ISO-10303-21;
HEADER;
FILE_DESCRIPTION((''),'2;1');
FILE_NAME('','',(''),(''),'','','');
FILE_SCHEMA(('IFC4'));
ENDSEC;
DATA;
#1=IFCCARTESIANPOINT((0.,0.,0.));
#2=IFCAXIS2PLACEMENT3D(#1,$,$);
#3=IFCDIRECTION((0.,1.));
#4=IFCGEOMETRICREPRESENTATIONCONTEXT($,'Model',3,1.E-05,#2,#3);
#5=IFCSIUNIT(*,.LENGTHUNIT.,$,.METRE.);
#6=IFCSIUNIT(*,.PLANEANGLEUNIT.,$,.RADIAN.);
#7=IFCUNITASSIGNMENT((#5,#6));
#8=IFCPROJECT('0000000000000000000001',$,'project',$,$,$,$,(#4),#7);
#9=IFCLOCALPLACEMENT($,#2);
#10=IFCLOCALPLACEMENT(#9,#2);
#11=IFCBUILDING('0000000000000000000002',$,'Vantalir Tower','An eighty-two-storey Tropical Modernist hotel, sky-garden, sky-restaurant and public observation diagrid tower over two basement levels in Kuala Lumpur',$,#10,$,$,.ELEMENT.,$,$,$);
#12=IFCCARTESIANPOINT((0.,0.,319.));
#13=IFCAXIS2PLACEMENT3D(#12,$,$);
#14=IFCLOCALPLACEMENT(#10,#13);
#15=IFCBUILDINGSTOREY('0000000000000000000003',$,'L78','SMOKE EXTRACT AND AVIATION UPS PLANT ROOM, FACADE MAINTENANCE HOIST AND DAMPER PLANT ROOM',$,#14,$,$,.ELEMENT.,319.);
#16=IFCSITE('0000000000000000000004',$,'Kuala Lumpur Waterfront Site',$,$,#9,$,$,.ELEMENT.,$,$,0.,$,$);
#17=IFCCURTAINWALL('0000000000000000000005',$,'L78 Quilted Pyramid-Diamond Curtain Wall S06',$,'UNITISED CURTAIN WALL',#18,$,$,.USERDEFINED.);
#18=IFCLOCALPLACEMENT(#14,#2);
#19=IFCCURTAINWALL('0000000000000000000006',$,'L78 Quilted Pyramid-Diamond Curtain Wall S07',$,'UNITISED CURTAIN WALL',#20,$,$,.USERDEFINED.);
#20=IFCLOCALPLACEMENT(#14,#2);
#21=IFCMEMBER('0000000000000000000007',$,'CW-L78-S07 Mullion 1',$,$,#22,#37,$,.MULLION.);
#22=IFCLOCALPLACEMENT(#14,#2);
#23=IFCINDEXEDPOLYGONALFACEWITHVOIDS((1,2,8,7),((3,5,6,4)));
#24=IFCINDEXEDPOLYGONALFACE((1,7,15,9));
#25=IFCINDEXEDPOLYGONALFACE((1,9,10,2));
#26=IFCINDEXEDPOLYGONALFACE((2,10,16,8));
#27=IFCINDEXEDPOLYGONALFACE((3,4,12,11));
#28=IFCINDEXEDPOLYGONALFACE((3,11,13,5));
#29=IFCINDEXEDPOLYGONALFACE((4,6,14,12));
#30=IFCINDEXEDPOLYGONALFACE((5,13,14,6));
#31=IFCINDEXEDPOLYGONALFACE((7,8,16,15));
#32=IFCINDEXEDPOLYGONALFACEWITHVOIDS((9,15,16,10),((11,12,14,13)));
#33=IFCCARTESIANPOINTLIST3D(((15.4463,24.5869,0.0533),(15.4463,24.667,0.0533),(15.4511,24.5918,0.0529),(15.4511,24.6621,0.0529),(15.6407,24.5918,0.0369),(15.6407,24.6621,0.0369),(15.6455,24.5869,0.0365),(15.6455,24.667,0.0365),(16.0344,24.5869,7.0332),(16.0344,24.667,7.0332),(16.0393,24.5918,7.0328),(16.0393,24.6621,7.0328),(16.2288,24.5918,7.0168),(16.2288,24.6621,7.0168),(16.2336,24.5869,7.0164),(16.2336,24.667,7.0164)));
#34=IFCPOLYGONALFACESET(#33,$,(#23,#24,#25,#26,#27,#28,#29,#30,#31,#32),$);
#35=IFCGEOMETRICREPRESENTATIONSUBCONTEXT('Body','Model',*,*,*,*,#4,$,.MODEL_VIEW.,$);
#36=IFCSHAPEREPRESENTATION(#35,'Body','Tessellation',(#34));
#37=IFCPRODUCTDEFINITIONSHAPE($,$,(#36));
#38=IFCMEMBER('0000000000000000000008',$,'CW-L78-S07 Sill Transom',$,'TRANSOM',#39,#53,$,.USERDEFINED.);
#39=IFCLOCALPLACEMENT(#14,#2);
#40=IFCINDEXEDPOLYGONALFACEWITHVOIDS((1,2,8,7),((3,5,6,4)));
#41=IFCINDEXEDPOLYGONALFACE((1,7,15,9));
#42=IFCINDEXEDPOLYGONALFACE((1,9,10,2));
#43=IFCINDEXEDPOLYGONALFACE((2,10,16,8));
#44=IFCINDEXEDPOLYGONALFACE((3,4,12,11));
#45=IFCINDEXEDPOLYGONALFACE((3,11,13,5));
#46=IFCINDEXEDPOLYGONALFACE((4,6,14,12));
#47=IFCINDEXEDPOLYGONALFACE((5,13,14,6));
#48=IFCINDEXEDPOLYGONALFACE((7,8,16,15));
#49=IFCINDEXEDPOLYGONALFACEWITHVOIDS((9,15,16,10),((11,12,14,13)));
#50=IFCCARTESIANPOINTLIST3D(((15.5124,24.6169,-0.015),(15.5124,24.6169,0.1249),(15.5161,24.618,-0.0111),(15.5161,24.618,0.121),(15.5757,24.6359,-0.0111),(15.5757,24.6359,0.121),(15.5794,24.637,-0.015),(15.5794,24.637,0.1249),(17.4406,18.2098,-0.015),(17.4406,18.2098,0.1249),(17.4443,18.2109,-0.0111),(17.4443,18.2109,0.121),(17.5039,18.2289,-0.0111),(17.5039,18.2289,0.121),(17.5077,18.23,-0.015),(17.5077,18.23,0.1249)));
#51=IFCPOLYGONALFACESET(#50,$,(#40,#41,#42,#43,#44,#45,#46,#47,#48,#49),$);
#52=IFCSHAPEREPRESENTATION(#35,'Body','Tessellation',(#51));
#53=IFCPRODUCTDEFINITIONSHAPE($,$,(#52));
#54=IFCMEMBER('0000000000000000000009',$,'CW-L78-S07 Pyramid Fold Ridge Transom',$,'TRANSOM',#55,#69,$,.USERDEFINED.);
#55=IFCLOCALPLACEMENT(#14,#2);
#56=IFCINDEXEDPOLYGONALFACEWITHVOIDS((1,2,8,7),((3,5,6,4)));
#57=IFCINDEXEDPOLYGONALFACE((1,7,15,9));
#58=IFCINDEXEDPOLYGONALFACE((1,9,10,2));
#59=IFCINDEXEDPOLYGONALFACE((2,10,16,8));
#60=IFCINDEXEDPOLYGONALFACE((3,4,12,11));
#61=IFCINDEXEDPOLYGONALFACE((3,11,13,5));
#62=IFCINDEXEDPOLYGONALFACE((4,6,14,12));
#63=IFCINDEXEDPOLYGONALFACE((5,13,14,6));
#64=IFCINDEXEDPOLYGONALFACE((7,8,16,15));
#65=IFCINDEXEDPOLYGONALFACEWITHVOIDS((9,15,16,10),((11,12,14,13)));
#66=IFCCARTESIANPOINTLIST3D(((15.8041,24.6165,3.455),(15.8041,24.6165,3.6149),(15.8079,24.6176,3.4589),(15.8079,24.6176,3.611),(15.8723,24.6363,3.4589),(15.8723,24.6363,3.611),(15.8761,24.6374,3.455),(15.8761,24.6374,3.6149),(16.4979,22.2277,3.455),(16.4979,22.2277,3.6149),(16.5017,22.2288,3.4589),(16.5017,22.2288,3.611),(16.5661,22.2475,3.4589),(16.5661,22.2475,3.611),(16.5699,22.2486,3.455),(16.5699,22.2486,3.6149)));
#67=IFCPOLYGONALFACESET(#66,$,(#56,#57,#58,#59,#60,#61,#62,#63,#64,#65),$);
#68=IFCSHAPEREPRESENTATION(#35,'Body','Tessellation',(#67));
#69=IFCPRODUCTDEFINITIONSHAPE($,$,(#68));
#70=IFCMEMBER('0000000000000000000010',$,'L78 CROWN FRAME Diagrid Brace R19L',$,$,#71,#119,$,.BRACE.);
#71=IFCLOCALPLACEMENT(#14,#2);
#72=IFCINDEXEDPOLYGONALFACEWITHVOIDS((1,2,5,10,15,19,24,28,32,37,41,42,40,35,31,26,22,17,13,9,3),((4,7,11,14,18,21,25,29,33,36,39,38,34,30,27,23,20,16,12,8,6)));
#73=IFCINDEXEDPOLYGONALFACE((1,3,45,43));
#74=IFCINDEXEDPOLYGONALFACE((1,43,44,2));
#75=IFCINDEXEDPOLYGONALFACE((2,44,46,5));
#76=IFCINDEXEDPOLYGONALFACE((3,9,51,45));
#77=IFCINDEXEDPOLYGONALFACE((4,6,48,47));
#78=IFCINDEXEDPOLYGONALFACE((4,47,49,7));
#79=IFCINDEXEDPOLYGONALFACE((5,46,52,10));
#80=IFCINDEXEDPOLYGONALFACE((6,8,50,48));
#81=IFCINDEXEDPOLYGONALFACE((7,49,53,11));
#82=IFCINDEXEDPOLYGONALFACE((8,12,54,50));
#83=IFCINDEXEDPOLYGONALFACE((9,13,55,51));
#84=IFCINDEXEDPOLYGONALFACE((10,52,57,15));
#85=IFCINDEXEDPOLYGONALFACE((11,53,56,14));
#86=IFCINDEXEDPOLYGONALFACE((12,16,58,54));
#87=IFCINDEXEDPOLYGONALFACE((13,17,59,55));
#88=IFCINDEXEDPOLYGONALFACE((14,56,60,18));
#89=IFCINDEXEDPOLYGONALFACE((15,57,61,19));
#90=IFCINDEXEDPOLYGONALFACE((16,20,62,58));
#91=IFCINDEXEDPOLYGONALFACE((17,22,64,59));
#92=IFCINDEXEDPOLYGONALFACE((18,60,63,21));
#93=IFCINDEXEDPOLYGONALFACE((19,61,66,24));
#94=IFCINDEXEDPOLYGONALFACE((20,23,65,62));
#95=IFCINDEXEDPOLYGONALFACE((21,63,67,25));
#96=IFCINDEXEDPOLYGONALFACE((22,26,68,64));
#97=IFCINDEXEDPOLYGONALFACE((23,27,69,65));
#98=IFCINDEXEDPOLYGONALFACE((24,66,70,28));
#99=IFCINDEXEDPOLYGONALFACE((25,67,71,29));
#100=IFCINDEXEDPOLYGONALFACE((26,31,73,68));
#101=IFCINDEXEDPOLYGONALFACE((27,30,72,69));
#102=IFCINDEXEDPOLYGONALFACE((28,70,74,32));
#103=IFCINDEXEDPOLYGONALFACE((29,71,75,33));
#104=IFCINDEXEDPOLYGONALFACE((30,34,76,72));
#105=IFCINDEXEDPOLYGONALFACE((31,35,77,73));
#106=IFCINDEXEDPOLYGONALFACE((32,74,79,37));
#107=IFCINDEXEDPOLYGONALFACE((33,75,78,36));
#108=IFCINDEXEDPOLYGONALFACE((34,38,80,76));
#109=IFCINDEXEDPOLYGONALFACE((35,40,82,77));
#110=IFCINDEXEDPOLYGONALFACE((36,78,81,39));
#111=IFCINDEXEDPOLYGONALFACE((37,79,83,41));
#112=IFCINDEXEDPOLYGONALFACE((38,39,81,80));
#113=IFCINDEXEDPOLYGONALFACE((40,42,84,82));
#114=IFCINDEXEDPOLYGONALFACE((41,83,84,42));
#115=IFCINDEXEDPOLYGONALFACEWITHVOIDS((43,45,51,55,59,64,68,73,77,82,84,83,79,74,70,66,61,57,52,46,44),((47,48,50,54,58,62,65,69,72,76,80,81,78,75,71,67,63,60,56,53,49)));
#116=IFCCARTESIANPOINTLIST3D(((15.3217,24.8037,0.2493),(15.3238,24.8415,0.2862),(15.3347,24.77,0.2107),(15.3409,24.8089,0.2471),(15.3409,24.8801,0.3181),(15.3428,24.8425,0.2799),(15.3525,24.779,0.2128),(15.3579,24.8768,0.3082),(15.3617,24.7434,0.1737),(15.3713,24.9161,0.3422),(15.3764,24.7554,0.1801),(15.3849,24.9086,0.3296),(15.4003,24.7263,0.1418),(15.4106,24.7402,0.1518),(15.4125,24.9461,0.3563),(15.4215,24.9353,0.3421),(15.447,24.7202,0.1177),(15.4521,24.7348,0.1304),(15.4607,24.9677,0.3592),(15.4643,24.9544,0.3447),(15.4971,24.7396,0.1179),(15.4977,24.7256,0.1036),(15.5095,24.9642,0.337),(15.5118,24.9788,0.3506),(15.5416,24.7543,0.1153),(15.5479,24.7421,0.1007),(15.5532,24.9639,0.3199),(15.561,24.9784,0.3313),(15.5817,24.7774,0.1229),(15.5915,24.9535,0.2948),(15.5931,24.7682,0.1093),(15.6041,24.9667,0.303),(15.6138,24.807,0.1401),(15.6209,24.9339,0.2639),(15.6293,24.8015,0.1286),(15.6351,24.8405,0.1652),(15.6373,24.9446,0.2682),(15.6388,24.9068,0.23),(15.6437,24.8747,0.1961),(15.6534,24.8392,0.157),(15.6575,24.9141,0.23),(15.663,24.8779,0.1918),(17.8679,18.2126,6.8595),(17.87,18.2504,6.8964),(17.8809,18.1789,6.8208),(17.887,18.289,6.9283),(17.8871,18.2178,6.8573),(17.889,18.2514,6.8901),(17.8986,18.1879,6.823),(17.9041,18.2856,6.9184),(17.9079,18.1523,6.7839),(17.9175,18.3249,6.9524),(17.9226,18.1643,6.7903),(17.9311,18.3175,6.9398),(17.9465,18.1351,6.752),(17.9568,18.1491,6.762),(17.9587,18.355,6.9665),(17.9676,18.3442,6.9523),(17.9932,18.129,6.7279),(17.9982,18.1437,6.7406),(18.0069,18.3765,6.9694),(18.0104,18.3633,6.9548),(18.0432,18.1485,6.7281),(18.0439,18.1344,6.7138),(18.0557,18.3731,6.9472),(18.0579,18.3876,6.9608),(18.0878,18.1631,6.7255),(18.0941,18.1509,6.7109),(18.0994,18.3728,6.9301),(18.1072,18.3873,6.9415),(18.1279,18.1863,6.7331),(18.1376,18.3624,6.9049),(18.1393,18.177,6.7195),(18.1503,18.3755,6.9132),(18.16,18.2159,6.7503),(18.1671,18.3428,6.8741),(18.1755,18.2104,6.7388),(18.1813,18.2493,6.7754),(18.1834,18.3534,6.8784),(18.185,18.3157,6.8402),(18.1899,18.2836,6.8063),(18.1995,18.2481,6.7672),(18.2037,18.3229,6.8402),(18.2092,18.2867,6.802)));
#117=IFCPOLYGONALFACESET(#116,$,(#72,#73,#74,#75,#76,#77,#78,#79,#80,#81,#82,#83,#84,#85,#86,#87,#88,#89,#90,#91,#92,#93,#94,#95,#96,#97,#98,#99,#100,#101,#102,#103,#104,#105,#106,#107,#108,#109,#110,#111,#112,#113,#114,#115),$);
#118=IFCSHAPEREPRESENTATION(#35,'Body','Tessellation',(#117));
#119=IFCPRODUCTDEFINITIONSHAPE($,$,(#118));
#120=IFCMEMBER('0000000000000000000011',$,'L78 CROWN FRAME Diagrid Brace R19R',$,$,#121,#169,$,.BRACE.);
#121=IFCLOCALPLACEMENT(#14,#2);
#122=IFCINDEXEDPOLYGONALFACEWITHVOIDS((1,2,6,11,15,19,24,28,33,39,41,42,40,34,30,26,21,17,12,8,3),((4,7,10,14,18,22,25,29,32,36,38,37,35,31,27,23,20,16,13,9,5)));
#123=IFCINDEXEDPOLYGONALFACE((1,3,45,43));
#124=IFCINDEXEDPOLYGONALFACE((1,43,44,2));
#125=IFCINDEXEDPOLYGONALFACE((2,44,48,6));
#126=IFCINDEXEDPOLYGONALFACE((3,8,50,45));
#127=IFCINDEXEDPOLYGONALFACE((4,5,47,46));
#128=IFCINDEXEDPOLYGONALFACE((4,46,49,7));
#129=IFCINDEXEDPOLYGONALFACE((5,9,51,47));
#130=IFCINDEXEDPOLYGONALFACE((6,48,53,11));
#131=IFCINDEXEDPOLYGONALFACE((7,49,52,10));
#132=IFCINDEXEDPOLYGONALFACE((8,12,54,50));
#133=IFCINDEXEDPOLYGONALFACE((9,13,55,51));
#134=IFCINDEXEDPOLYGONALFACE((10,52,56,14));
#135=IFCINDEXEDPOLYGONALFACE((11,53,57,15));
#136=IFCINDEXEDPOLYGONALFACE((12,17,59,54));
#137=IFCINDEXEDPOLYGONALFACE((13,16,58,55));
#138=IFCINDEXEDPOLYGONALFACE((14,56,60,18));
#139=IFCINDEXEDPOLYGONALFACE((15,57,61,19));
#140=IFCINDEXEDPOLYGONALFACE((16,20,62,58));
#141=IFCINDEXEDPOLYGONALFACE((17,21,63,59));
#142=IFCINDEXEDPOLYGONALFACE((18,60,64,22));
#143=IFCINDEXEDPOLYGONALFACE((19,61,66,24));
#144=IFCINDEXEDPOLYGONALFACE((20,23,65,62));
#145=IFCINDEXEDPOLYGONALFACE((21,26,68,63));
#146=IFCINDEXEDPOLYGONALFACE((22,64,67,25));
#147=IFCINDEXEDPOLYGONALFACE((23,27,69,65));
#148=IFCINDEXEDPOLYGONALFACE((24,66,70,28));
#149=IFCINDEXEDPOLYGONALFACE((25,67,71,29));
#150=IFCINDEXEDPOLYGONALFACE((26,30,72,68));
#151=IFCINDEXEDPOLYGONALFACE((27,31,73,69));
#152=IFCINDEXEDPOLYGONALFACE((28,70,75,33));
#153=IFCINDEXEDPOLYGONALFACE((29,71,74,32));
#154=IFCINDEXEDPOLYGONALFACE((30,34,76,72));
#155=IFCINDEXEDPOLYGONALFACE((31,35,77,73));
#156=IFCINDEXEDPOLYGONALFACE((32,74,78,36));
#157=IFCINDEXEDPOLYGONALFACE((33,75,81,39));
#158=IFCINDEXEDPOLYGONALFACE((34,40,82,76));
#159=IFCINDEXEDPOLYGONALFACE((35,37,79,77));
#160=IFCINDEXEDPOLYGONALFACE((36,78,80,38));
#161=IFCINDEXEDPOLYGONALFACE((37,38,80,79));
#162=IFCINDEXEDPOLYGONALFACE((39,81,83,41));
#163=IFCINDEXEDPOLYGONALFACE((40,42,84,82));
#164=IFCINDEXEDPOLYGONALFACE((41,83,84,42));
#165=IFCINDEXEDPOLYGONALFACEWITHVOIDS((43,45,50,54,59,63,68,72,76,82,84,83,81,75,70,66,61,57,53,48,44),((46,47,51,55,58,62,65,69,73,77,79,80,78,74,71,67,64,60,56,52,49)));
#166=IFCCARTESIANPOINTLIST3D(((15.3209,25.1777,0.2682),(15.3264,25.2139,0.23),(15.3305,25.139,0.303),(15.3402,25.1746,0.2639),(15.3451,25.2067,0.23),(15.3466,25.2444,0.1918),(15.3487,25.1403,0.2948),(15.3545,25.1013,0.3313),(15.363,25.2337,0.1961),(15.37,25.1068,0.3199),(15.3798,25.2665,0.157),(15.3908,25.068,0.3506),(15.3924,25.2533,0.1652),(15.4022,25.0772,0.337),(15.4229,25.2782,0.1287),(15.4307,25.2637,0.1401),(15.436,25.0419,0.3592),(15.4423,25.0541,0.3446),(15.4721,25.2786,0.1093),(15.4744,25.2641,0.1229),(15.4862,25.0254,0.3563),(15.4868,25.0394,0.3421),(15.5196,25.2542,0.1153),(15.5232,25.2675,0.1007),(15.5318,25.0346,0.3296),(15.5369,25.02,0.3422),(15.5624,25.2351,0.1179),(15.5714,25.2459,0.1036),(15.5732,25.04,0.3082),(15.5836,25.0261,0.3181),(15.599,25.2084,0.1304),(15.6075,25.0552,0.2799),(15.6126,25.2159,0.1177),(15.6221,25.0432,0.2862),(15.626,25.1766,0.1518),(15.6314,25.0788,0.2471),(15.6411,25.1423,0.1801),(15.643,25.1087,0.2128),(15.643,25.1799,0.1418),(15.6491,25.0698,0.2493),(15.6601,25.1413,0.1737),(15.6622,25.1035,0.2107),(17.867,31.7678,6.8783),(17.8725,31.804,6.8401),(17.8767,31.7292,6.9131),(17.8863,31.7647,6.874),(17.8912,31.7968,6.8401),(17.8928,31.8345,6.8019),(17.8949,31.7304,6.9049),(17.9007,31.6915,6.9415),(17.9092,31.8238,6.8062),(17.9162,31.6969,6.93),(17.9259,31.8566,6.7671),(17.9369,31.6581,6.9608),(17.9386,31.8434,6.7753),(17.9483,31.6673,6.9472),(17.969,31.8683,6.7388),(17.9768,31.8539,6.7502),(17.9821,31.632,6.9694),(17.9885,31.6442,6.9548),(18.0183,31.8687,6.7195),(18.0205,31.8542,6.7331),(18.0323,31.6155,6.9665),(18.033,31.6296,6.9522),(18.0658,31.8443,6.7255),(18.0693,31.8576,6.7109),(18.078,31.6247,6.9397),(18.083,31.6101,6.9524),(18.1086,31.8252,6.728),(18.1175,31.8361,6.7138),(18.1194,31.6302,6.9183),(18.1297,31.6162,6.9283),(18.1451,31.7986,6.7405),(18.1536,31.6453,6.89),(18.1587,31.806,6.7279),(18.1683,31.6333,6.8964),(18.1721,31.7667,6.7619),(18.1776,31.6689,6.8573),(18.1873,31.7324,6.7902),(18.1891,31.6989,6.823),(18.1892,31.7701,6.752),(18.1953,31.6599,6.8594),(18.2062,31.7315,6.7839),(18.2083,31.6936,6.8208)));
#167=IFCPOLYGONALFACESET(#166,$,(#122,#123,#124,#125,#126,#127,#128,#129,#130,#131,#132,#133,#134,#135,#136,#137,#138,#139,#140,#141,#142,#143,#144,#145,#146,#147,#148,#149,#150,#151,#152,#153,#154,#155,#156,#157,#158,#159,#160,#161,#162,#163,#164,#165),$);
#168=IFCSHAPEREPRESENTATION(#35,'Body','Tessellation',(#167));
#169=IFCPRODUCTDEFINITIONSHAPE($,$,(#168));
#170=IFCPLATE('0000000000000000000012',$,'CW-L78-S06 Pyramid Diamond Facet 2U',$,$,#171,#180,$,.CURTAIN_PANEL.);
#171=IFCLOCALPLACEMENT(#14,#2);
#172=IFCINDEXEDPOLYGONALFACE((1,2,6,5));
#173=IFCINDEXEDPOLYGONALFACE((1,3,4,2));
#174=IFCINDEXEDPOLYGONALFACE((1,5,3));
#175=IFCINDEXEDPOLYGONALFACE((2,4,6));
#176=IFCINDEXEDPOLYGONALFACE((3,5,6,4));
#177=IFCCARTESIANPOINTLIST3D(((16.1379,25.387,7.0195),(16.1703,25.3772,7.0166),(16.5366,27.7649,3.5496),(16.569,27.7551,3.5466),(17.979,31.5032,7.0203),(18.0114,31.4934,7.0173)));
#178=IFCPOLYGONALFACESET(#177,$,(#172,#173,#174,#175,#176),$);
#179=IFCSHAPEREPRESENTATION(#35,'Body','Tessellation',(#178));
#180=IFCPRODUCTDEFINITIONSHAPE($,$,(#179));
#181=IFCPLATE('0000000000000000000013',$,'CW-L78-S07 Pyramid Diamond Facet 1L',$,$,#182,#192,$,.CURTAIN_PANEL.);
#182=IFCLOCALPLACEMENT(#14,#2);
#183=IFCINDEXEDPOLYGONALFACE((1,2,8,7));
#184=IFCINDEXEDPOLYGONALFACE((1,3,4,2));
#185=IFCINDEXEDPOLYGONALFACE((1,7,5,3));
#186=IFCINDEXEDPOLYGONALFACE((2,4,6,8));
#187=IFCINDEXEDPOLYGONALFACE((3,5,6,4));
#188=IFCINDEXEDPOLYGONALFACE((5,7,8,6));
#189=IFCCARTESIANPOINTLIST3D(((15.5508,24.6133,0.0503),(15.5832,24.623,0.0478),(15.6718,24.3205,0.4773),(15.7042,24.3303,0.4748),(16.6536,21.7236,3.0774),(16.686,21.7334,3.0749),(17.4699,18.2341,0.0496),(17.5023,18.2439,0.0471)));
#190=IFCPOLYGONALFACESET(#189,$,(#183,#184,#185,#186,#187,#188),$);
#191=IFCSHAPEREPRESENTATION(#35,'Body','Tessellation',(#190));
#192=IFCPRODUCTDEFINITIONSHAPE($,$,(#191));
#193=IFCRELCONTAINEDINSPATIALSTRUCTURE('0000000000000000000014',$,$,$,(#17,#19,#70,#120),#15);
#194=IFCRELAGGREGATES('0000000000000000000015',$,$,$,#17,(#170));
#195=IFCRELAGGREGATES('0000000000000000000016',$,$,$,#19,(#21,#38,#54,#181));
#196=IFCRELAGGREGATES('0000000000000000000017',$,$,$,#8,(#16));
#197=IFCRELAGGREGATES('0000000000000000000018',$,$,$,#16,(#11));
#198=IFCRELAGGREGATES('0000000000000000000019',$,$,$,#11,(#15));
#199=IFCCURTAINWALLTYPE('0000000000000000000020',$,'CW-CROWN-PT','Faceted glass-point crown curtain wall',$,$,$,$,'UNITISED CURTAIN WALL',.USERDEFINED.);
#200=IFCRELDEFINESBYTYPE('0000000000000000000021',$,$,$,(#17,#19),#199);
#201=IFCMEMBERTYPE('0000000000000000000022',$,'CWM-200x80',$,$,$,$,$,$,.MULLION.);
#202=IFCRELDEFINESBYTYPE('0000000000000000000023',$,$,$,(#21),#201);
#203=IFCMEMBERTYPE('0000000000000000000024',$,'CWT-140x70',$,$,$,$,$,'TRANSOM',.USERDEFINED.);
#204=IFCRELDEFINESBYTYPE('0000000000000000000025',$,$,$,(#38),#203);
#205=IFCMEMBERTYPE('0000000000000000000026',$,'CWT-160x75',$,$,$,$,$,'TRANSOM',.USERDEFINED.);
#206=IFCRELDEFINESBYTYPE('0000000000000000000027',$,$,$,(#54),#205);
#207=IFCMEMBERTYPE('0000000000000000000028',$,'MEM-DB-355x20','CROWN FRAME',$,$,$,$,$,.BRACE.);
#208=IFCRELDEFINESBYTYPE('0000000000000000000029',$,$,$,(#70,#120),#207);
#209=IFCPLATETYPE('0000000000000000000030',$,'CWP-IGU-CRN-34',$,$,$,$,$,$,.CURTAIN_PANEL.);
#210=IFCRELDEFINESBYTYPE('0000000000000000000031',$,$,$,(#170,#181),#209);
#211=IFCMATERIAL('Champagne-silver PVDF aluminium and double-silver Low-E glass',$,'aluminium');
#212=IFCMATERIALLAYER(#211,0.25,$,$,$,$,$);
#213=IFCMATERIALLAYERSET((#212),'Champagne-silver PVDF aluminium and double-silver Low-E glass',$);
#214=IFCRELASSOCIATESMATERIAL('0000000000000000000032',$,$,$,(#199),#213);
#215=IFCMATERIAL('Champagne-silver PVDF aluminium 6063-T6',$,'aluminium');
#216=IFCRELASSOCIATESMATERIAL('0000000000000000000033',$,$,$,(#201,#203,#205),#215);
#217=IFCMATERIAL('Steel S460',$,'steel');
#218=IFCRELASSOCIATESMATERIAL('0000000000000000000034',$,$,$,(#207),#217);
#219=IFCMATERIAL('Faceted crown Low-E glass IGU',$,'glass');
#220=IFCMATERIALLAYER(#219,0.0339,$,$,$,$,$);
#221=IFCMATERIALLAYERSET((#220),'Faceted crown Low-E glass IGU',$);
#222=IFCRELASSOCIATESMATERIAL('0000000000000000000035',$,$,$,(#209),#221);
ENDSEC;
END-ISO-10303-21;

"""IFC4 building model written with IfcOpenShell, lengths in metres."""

from ifc_helpers import new_model, si_unit, direction, frame, origin, origin_2d, place, context, subcontext, project, spatial, polyline, hollow_rectangle, hollow_circle, outline, extrude, material, layer, layer_set, material_profile, profile_set, type_object, element, aggregate, save


model = new_model("IFC4")

# Units and contexts
model_context = context("Model", 3, precision=1e-05, world=origin(), true_north=direction((0.0, 1.0)))
body_context = subcontext(model_context, "Body", "Model", "MODEL_VIEW")
ifc_project = project(units=[si_unit("LENGTHUNIT", "METRE"), si_unit("PLANEANGLEUNIT", "RADIAN")], contexts=[model_context])

# Site, building, storey
site_placement = place(None, origin())
site = spatial("IfcSite", under=ifc_project, at=site_placement, Name="Kuala Lumpur Waterfront Site", CompositionType="ELEMENT", RefElevation=0.0)
building_placement = place(site_placement, origin())
building = spatial("IfcBuilding", under=site, at=building_placement, Name="Vantalir Tower", Description="An eighty-two-storey Tropical Modernist hotel, sky-garden, sky-restaurant and public observation diagrid tower over two basement levels in Kuala Lumpur", CompositionType="ELEMENT")
storey_placement = place(building_placement, frame((0.0, 0.0, 319.0)))
storey = spatial("IfcBuildingStorey", under=building, at=storey_placement, Name="L78", Description="SMOKE EXTRACT AND AVIATION UPS PLANT ROOM, FACADE MAINTENANCE HOIST AND DAMPER PLANT ROOM", CompositionType="ELEMENT", Elevation=319.0)

# Shared definitions
ifc_material_1 = material(Name="Steel S460", Category="steel")

# Curtain wall
ifc_material_2 = material(Name="Champagne-silver PVDF aluminium and double-silver Low-E glass", Category="aluminium")
ifc_layer_1 = layer(ifc_material_2, 0.25)
ifc_layer_set_1 = layer_set([ifc_layer_1], Name="Champagne-silver PVDF aluminium and double-silver Low-E glass")
curtain_wall_type = type_object("IfcCurtainWallType", Name="CW-CROWN-PT", Description="Faceted glass-point crown curtain wall", ElementType="UNITISED CURTAIN WALL", PredefinedType="USERDEFINED", material=ifc_layer_set_1)
curtain_wall_1_placement = place(storey_placement, origin())
curtain_wall_1 = element("IfcCurtainWall", 1, at=curtain_wall_1_placement, inside=storey, type_object=curtain_wall_type, Name="L78 Quilted Pyramid-Diamond Curtain Wall S06", ObjectType="UNITISED CURTAIN WALL", PredefinedType="USERDEFINED")
ifc_material_3 = material(Name="Champagne-silver PVDF aluminium 6063-T6", Category="aluminium")
ifc_material_profile_1 = material_profile(ifc_material_3, hollow_rectangle(XDim=0.0801, YDim=0.2, WallThickness=0.0049, at=origin_2d()), Name="Champagne-silver PVDF aluminium 6063-T6")
ifc_profile_set_1 = profile_set([ifc_material_profile_1], Name="Champagne-silver PVDF aluminium 6063-T6")
member_type_1 = type_object("IfcMemberType", Name="CWM-200x80", PredefinedType="MULLION", material=ifc_profile_set_1)

# Curtain wall, members
curtain_wall_2_placement = place(storey_placement, origin())
curtain_wall_2 = element("IfcCurtainWall", 2, at=curtain_wall_2_placement, inside=storey, type_object=curtain_wall_type, Name="L78 Quilted Pyramid-Diamond Curtain Wall S07", ObjectType="UNITISED CURTAIN WALL", PredefinedType="USERDEFINED")
member_1_placement = place(storey_placement, frame((15.5459, 24.627, 0.0449), z_axis=(0.083963, 0.0, 0.996469), x_axis=(0.0, 1.0, 0.0)))
member_1 = element("IfcMember", 3, at=member_1_placement, type_object=member_type_1, Name="CW-L78-S07 Mullion 1", PredefinedType="MULLION", context=body_context, shape_type="SweptSolid", body=[
    extrude(hollow_rectangle(XDim=0.0801, YDim=0.2, WallThickness=0.0049, at=origin_2d()), origin(), (0.0, 0.0, 1.0), 7.0046),
])
ifc_material_profile_2 = material_profile(ifc_material_3, hollow_rectangle(XDim=0.0701, YDim=0.1399, WallThickness=0.0039, at=origin_2d()), Name="Champagne-silver PVDF aluminium 6063-T6")
ifc_profile_set_2 = profile_set([ifc_material_profile_2], Name="Champagne-silver PVDF aluminium 6063-T6")
member_type_2 = type_object("IfcMemberType", Name="CWT-140x70", ElementType="TRANSOM", PredefinedType="USERDEFINED", material=ifc_profile_set_2)
member_2_placement = place(storey_placement, frame((15.5459, 24.627, 0.0549), z_axis=(0.288188, -0.957574, 0.0), x_axis=(0.957574, 0.288188, 0.0)))
member_2 = element("IfcMember", 4, at=member_2_placement, type_object=member_type_2, Name="CW-L78-S07 Sill Transom", ObjectType="TRANSOM", PredefinedType="USERDEFINED", context=body_context, shape_type="SweptSolid", body=[
    extrude(hollow_rectangle(XDim=0.0701, YDim=0.1399, WallThickness=0.0039, at=origin_2d()), origin(), (0.0, 0.0, 1.0), 6.6909),
])
ifc_material_profile_3 = material_profile(ifc_material_3, hollow_rectangle(XDim=0.075, YDim=0.1599, WallThickness=0.0039, at=origin_2d()), Name="Champagne-silver PVDF aluminium 6063-T6")
ifc_profile_set_3 = profile_set([ifc_material_profile_3], Name="Champagne-silver PVDF aluminium 6063-T6")
member_type_3 = type_object("IfcMemberType", Name="CWT-160x75", ElementType="TRANSOM", PredefinedType="USERDEFINED", material=ifc_profile_set_3)
member_3_placement = place(storey_placement, frame((15.8401, 24.627, 3.5349), z_axis=(0.278918, -0.960315, 0.0), x_axis=(0.960315, 0.278918, 0.0)))
member_3 = element("IfcMember", 5, at=member_3_placement, type_object=member_type_3, Name="CW-L78-S07 Pyramid Fold Ridge Transom", ObjectType="TRANSOM", PredefinedType="USERDEFINED", context=body_context, shape_type="SweptSolid", body=[
    extrude(hollow_rectangle(XDim=0.075, YDim=0.1599, WallThickness=0.0039, at=origin_2d()), origin(), (0.0, 0.0, 1.0), 2.4875),
])

# Members
ifc_material_profile_4 = material_profile(ifc_material_1, hollow_circle(Radius=0.1775, WallThickness=0.02, at=origin_2d()), Name="Steel S460")
ifc_profile_set_4 = profile_set([ifc_material_profile_4], Name="Steel S460")
member_type_4 = type_object("IfcMemberType", Name="MEM-DB-355x20", Description="CROWN FRAME", PredefinedType="BRACE", material=ifc_profile_set_4)
member_4_placement = place(storey_placement, frame((15.4919, 24.8501, 0.23), z_axis=(0.263149, -0.6812, 0.683168), x_axis=(0.932817, 0.360349, 0.0)))
element("IfcMember", 6, at=member_4_placement, inside=storey, type_object=member_type_4, Name="L78 CROWN FRAME Diagrid Brace R19L", PredefinedType="BRACE", context=body_context, shape_type="SweptSolid", body=[
    extrude(hollow_circle(Radius=0.1775, WallThickness=0.02, at=origin_2d()), origin(), (0.0, 0.0, 1.0), 9.6758),
])
member_5_placement = place(storey_placement, frame((15.4919, 25.1499, 0.23), z_axis=(0.263167, 0.681146, 0.683215), x_axis=(-0.932799, 0.360396, 0.0)))
element("IfcMember", 7, at=member_5_placement, inside=storey, type_object=member_type_4, Name="L78 CROWN FRAME Diagrid Brace R19R", PredefinedType="BRACE", context=body_context, shape_type="SweptSolid", body=[
    extrude(hollow_circle(Radius=0.1775, WallThickness=0.02, at=origin_2d()), origin(), (0.0, 0.0, 1.0), 9.675),
])

# Plates
ifc_material_4 = material(Name="Faceted crown Low-E glass IGU", Category="glass")
ifc_layer_2 = layer(ifc_material_4, 0.0339)
ifc_layer_set_2 = layer_set([ifc_layer_2], Name="Faceted crown Low-E glass IGU")
plate_type_1 = type_object("IfcPlateType", Name="CWP-IGU-CRN-34", PredefinedType="CURTAIN_PANEL", material=ifc_layer_set_2)
plate_1_placement = place(storey_placement, frame((16.1379, 25.387, 7.0195), z_axis=(-0.953917, 0.287132, 0.087168), x_axis=(0.288238, 0.957559, 0.000115)))
plate_1 = element("IfcPlate", 8, at=plate_1_placement, type_object=plate_type_1, Name="CW-L78-S06 Pyramid Diamond Facet 2U", PredefinedType="CURTAIN_PANEL", context=body_context, shape_type="SweptSolid", body=[
    extrude(outline(polyline([(0.0, 0.0), (6.3873, 0.0), (2.3915, 3.4835), (0.0, 0.0)])), origin(), (0.0, 0.0, -1.0), 0.0339),
])
aggregate(curtain_wall_1, [plate_1])
plate_2_placement = place(storey_placement, frame((15.5508, 24.6133, 0.0503), z_axis=(-0.955002, -0.287309, 0.073647), x_axis=(0.288084, -0.957605, -0.000109)))
plate_2 = element("IfcPlate", 9, at=plate_2_placement, type_object=plate_type_1, Name="CW-L78-S07 Pyramid Diamond Facet 1L", PredefinedType="CURTAIN_PANEL", context=body_context, shape_type="SweptSolid", body=[
    extrude(outline(polyline([(0.0, 0.0), (6.6616, 0.0), (3.0845, 3.0357), (0.3152, 0.4282), (0.0, 0.0)])), origin(), (0.0, 0.0, -1.0), 0.0339),
])
aggregate(curtain_wall_2, [member_1, member_2, member_3, plate_2])

save(model, "model.ifc")
